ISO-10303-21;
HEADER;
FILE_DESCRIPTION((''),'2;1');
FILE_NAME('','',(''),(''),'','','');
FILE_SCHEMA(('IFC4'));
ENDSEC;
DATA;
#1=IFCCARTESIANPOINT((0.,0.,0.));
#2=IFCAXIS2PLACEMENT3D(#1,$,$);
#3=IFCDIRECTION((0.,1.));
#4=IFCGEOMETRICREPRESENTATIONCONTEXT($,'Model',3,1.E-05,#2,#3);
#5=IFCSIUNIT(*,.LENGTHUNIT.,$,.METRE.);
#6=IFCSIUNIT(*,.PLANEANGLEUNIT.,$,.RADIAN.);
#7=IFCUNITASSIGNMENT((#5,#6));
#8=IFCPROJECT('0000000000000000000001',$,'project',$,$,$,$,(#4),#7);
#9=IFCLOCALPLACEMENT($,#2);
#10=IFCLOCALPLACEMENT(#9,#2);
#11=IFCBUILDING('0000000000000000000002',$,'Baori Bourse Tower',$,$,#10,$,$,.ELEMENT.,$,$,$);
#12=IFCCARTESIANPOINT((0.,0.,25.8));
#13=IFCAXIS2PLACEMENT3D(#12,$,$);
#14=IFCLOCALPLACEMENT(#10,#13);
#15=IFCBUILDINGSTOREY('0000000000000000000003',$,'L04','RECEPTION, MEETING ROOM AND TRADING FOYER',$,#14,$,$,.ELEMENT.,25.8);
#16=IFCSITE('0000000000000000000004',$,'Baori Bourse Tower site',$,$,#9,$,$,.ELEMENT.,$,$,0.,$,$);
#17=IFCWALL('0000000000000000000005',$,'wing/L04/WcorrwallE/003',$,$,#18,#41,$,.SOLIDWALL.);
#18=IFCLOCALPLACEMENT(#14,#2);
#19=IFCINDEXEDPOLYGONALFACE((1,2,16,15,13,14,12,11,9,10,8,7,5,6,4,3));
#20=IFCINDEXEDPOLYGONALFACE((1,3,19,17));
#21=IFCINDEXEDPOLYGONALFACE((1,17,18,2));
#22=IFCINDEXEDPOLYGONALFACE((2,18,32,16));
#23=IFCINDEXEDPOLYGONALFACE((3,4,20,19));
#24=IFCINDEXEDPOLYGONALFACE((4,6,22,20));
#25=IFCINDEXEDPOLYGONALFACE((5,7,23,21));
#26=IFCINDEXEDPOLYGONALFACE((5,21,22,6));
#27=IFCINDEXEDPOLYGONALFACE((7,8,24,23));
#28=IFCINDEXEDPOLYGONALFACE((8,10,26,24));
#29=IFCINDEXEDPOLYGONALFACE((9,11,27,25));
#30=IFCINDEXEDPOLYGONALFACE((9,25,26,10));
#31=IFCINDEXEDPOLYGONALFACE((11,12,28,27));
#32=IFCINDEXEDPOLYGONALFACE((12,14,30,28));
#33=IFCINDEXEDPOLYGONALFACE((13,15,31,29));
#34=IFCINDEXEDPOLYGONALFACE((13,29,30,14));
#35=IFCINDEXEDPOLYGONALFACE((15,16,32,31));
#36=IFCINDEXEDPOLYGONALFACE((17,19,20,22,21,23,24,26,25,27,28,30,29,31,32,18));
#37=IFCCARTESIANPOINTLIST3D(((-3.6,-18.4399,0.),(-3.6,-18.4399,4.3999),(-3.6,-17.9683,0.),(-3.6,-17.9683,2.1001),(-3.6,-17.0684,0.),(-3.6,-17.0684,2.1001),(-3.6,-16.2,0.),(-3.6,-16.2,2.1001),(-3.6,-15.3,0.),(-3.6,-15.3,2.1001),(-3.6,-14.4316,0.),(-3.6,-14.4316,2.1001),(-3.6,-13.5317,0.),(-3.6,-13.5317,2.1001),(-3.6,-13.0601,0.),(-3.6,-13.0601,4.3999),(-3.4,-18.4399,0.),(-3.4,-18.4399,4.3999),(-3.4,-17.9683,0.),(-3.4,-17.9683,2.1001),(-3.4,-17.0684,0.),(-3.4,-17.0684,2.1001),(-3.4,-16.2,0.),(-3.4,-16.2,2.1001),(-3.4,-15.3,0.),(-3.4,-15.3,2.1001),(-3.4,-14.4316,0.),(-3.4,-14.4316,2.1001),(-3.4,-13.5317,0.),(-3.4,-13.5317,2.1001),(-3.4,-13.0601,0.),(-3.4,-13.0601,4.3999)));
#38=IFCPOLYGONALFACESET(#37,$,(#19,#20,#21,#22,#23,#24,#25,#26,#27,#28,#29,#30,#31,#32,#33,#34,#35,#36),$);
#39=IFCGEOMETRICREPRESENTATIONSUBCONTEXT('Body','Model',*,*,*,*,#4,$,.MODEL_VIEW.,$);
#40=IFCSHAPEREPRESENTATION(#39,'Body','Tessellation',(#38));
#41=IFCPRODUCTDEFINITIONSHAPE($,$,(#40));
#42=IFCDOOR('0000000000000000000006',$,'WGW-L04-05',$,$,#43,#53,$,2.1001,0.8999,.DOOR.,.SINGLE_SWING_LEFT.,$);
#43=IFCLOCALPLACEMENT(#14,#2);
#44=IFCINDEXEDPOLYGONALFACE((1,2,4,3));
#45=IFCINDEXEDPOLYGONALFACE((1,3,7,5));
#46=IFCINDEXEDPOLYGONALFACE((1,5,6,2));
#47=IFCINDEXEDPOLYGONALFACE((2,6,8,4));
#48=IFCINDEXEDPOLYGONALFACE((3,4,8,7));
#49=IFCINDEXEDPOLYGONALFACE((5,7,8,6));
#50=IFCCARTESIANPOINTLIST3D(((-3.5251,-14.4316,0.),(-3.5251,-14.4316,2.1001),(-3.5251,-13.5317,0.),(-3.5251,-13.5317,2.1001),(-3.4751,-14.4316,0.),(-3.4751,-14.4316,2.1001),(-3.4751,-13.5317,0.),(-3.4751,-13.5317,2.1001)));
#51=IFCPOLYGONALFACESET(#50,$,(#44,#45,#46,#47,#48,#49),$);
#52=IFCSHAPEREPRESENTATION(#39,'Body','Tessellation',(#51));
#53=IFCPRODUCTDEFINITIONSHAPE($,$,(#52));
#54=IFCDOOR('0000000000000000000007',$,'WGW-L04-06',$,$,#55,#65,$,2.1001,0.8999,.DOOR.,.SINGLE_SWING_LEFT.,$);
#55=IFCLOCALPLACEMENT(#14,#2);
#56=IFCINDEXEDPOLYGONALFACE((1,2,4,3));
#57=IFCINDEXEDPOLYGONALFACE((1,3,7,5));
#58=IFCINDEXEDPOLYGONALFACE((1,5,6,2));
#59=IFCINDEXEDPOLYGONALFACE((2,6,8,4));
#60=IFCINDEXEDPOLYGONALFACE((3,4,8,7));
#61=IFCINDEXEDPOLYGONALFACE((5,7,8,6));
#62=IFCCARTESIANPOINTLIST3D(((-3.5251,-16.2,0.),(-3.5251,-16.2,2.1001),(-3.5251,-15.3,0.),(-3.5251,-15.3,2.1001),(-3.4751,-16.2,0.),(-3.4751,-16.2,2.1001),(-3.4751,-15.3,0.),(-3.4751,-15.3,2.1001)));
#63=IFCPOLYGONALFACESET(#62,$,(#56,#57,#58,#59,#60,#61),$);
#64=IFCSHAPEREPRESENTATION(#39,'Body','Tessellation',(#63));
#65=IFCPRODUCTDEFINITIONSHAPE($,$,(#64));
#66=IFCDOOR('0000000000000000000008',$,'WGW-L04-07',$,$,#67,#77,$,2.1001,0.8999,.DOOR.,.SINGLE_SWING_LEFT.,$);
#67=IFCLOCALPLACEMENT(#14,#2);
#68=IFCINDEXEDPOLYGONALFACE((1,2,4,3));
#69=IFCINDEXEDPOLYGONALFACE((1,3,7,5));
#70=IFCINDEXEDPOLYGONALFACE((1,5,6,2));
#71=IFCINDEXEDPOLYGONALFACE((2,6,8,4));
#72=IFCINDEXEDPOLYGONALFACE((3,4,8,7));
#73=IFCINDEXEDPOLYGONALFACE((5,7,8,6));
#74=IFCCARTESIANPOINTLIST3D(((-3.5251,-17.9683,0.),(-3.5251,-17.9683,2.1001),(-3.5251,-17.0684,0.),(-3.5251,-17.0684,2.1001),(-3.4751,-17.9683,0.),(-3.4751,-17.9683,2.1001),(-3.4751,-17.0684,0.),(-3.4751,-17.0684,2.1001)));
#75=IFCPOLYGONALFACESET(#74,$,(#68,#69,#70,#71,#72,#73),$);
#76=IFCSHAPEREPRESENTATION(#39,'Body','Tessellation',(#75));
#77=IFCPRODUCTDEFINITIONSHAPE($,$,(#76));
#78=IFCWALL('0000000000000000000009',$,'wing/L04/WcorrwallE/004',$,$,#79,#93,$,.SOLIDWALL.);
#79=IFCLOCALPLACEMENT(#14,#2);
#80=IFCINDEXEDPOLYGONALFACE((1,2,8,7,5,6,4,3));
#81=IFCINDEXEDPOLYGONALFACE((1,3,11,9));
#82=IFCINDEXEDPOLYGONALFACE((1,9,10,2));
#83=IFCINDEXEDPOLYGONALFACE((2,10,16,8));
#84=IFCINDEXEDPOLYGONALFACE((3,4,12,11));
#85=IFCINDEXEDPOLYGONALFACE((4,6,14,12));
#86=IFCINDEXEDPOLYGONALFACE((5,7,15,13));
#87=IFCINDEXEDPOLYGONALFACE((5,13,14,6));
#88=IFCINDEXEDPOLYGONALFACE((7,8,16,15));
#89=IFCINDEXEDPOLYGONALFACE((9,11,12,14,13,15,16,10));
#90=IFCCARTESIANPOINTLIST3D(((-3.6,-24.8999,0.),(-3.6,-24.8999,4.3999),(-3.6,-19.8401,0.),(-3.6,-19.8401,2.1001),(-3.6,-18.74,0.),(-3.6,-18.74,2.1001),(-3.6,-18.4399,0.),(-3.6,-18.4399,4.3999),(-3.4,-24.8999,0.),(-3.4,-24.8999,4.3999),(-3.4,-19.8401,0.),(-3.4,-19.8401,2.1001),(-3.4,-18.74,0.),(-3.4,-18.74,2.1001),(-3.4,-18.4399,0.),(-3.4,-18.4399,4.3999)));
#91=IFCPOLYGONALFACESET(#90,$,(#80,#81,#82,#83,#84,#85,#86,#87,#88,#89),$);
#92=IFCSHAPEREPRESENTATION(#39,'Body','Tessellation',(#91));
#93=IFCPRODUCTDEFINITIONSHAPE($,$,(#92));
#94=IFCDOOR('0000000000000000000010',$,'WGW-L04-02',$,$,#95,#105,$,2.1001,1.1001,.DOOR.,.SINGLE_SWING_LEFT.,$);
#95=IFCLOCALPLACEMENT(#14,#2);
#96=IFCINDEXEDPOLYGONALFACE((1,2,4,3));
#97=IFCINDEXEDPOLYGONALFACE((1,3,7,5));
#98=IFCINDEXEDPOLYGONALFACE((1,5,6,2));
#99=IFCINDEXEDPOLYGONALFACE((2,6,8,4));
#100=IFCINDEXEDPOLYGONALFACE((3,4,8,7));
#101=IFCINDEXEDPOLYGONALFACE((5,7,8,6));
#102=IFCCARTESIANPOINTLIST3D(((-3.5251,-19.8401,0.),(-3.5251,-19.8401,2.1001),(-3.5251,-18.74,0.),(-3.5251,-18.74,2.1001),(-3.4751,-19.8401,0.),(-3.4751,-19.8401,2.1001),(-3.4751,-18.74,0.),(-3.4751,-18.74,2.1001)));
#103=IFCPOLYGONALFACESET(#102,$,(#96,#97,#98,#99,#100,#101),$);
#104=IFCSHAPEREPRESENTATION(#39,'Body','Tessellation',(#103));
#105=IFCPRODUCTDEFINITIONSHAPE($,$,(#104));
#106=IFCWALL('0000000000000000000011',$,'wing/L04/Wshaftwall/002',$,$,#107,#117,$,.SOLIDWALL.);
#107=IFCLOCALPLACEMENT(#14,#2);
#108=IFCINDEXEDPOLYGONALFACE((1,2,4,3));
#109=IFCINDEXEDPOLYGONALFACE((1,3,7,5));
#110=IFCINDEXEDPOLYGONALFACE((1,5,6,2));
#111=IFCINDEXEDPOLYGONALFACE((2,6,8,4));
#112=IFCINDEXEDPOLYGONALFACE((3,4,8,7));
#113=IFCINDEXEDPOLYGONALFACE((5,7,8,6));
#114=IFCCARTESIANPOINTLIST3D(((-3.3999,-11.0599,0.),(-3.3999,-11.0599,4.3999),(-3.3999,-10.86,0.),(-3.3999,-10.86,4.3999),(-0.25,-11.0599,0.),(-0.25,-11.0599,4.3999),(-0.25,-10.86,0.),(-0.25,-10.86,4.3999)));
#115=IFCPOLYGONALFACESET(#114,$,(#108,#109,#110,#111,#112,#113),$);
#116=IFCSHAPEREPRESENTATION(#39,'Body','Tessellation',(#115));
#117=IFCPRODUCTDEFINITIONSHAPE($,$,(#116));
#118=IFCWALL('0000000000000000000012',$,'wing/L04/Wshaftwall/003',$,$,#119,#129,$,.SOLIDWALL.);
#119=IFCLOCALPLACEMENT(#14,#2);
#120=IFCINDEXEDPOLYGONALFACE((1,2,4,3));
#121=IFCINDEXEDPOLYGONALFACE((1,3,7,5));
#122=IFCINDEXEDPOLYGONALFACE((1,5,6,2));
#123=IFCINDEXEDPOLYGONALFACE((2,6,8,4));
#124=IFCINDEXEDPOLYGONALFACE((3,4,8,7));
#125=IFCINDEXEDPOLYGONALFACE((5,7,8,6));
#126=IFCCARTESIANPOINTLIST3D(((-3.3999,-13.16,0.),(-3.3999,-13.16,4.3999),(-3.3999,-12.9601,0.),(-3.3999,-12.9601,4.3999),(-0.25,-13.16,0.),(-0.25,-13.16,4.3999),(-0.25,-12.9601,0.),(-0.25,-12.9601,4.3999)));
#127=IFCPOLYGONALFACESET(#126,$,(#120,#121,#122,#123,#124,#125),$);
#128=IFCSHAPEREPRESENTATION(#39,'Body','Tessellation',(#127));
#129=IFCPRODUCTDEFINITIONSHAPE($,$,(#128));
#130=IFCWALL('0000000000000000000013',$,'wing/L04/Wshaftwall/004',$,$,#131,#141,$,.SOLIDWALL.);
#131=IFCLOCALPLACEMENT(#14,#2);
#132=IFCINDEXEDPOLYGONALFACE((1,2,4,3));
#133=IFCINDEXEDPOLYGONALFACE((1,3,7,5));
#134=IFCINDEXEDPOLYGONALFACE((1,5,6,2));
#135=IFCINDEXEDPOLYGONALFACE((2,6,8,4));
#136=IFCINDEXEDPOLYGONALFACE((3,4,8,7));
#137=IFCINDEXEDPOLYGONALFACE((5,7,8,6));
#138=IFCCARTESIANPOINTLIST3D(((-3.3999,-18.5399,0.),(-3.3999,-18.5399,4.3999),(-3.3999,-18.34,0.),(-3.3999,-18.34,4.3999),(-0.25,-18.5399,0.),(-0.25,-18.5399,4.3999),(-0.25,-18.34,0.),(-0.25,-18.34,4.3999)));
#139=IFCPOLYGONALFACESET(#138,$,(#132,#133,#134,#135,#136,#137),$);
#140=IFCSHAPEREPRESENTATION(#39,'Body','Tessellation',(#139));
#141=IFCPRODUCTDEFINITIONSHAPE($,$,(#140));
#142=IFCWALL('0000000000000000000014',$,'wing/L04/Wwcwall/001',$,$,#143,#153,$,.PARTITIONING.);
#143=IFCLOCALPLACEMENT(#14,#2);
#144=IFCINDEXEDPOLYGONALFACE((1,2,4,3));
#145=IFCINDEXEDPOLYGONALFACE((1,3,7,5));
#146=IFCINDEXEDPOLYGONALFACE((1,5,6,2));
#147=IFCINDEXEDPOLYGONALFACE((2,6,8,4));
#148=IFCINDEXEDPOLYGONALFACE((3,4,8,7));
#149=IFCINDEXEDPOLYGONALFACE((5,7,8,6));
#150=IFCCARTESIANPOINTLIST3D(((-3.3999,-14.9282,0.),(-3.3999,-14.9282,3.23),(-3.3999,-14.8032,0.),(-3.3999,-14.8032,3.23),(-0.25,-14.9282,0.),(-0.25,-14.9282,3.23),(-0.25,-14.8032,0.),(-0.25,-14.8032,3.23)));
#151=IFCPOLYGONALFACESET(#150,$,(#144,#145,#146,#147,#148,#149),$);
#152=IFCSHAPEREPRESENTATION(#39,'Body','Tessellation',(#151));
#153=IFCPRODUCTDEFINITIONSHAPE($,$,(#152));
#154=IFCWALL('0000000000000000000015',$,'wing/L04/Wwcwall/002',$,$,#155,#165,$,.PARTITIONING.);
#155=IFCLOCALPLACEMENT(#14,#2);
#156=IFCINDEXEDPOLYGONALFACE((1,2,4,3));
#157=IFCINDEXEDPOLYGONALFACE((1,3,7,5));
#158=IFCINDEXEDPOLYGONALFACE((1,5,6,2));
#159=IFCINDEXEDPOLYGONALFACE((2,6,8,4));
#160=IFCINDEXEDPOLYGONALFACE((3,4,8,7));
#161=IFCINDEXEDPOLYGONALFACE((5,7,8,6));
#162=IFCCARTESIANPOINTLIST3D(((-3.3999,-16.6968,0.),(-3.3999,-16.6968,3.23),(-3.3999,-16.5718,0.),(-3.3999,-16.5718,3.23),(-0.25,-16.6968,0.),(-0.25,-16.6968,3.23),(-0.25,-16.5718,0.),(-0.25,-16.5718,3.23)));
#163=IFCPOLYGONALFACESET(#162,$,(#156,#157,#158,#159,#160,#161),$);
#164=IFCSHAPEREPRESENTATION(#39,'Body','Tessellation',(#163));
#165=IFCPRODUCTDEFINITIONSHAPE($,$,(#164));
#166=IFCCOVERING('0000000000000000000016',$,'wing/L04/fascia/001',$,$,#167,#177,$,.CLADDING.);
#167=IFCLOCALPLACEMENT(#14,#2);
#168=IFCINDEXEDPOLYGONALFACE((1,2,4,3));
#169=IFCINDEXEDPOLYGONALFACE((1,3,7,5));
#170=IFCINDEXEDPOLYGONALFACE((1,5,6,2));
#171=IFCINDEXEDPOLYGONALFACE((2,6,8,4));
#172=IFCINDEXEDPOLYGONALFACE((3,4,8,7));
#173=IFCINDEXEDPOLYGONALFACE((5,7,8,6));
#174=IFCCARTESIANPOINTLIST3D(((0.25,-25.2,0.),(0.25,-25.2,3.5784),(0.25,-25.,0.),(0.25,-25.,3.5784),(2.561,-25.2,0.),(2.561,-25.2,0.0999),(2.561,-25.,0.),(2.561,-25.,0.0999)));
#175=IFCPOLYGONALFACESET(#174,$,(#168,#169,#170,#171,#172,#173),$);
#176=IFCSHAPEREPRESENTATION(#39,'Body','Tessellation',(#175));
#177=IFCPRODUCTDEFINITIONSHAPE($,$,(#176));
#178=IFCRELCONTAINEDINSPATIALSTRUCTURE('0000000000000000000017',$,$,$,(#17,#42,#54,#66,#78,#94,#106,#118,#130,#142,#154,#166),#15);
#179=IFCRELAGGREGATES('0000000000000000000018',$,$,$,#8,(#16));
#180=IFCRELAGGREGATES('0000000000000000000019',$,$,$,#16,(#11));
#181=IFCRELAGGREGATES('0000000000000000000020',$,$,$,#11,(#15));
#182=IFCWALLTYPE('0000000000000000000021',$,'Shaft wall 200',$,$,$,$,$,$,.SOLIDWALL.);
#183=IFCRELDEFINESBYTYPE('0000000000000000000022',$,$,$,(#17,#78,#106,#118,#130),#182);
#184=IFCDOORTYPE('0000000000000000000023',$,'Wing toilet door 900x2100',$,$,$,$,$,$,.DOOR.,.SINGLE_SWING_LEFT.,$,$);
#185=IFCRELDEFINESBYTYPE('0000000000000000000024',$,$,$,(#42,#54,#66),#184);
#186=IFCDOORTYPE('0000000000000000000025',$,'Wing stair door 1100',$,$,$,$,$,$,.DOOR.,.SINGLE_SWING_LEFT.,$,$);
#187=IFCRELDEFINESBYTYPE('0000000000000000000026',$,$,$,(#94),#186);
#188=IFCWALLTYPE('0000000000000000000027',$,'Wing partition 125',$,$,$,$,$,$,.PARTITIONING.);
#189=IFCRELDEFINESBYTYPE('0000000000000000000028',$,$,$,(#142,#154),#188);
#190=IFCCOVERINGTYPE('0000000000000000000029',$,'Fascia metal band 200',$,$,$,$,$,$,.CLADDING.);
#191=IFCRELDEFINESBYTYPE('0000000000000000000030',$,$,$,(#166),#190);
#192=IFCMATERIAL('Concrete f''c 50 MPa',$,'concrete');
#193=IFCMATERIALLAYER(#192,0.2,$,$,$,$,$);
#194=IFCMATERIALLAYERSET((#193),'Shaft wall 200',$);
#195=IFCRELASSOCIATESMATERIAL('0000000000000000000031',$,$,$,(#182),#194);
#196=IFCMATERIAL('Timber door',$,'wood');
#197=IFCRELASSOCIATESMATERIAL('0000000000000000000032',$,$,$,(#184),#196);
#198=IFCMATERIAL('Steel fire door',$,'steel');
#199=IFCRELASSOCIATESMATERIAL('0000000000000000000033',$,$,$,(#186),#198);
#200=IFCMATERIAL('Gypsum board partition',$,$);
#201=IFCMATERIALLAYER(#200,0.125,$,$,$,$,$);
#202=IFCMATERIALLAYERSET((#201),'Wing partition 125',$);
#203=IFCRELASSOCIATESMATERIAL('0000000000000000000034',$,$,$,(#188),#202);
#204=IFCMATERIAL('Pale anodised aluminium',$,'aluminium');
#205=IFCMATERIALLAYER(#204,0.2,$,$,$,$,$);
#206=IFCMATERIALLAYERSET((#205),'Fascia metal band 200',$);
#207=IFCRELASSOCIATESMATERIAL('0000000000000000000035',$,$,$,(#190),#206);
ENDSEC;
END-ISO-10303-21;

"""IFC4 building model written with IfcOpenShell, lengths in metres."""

from ifc_helpers import new_model, si_unit, direction, frame, frame_2d, origin, place, context, subcontext, project, spatial, polyline, rectangle, outline, extrude, material, layer, layer_set, type_object, element, fill, save


model = new_model("IFC4")

# Units and contexts
model_context = context("Model", 3, precision=1e-05, world=origin(), true_north=direction((0.0, 1.0)))
body_context = subcontext(model_context, "Body", "Model", "MODEL_VIEW")
ifc_project = project(units=[si_unit("LENGTHUNIT", "METRE"), si_unit("PLANEANGLEUNIT", "RADIAN")], contexts=[model_context])

# Site, building, storey
site_placement = place(None, origin())
site = spatial("IfcSite", under=ifc_project, at=site_placement, Name="Baori Bourse Tower site", CompositionType="ELEMENT", RefElevation=0.0)
building_placement = place(site_placement, origin())
building = spatial("IfcBuilding", under=site, at=building_placement, Name="Baori Bourse Tower", CompositionType="ELEMENT")
storey_placement = place(building_placement, frame((0.0, 0.0, 25.8)))
storey = spatial("IfcBuildingStorey", under=building, at=storey_placement, Name="L04", Description="RECEPTION, MEETING ROOM AND TRADING FOYER", CompositionType="ELEMENT", Elevation=25.8)

# Wall, openings, doors
ifc_material_1 = material(Name="Concrete f'c 50 MPa", Category="concrete")
ifc_layer_1 = layer(ifc_material_1, 0.2)
ifc_layer_set_1 = layer_set([ifc_layer_1], Name="Shaft wall 200")
wall_type_1 = type_object("IfcWallType", Name="Shaft wall 200", PredefinedType="SOLIDWALL", material=ifc_layer_set_1)
wall_1_placement = place(storey_placement, frame((-3.5, -13.0601, 0.0), z_axis=(0.0, 0.0, 1.0), x_axis=(0.0, -1.0, 0.0)))
wall_1 = element("IfcWall", 1, at=wall_1_placement, inside=storey, type_object=wall_type_1, Name="wing/L04/WcorrwallE/003", PredefinedType="SOLIDWALL", context=body_context, shape_type="SweptSolid", body=[
    extrude(rectangle(XDim=5.3799, YDim=0.2, at=frame_2d((2.6899, 0.0))), origin(), (0.0, 0.0, 1.0), 4.3999),
])
opening_1_placement = place(wall_1_placement, frame((0.4717, 0.0, 0.0)))
opening_1 = element("IfcOpeningElement", 2, at=opening_1_placement, cuts=wall_1, PredefinedType="OPENING", context=body_context, shape_type="SweptSolid", body=[
    extrude(rectangle(XDim=0.8999, YDim=2.1001, at=frame_2d((0.45, 1.05))), frame((0.0, 0.1099, 0.0), z_axis=(0.0, -1.0, 0.0), x_axis=(1.0, 0.0, 0.0)), (0.0, 0.0, 1.0), 0.22),
])
opening_2_placement = place(wall_1_placement, frame((2.24, 0.0, 0.0)))
opening_2 = element("IfcOpeningElement", 3, at=opening_2_placement, cuts=wall_1, PredefinedType="OPENING", context=body_context, shape_type="SweptSolid", body=[
    extrude(rectangle(XDim=0.8999, YDim=2.1001, at=frame_2d((0.45, 1.05))), frame((0.0, 0.1099, 0.0), z_axis=(0.0, -1.0, 0.0), x_axis=(1.0, 0.0, 0.0)), (0.0, 0.0, 1.0), 0.22),
])
opening_3_placement = place(wall_1_placement, frame((4.0083, 0.0, 0.0)))
opening_3 = element("IfcOpeningElement", 4, at=opening_3_placement, cuts=wall_1, PredefinedType="OPENING", context=body_context, shape_type="SweptSolid", body=[
    extrude(rectangle(XDim=0.8999, YDim=2.1001, at=frame_2d((0.45, 1.05))), frame((0.0, 0.1099, 0.0), z_axis=(0.0, -1.0, 0.0), x_axis=(1.0, 0.0, 0.0)), (0.0, 0.0, 1.0), 0.22),
])
ifc_material_2 = material(Name="Timber door", Category="wood")
door_type_1 = type_object("IfcDoorType", Name="Wing toilet door 900x2100", OperationType="SINGLE_SWING_LEFT", PredefinedType="DOOR", material=ifc_material_2)
door_1_placement = place(opening_1_placement, origin())
door_1 = element("IfcDoor", 5, at=door_1_placement, inside=storey, type_object=door_type_1, Name="WGW-L04-05", OperationType="SINGLE_SWING_LEFT", OverallHeight=2.1001, OverallWidth=0.8999, PredefinedType="DOOR", context=body_context, shape_type="SweptSolid", body=[
    extrude(rectangle(XDim=0.8999, YDim=2.1001, at=frame_2d((0.45, 1.05))), frame((0.0, 0.0249, 0.0), z_axis=(0.0, -1.0, 0.0), x_axis=(1.0, 0.0, 0.0)), (0.0, 0.0, 1.0), 0.05),
])
fill(opening_1, door_1)
door_2_placement = place(opening_2_placement, origin())
door_2 = element("IfcDoor", 6, at=door_2_placement, inside=storey, type_object=door_type_1, Name="WGW-L04-06", OperationType="SINGLE_SWING_LEFT", OverallHeight=2.1001, OverallWidth=0.8999, PredefinedType="DOOR", context=body_context, shape_type="SweptSolid", body=[
    extrude(rectangle(XDim=0.8999, YDim=2.1001, at=frame_2d((0.45, 1.05))), frame((0.0, 0.0249, 0.0), z_axis=(0.0, -1.0, 0.0), x_axis=(1.0, 0.0, 0.0)), (0.0, 0.0, 1.0), 0.05),
])
fill(opening_2, door_2)
door_3_placement = place(opening_3_placement, origin())
door_3 = element("IfcDoor", 7, at=door_3_placement, inside=storey, type_object=door_type_1, Name="WGW-L04-07", OperationType="SINGLE_SWING_LEFT", OverallHeight=2.1001, OverallWidth=0.8999, PredefinedType="DOOR", context=body_context, shape_type="SweptSolid", body=[
    extrude(rectangle(XDim=0.8999, YDim=2.1001, at=frame_2d((0.45, 1.05))), frame((0.0, 0.0249, 0.0), z_axis=(0.0, -1.0, 0.0), x_axis=(1.0, 0.0, 0.0)), (0.0, 0.0, 1.0), 0.05),
])
fill(opening_3, door_3)

# Wall, opening, door
wall_2_placement = place(storey_placement, frame((-3.5, -18.4399, 0.0), z_axis=(0.0, 0.0, 1.0), x_axis=(0.0, -1.0, 0.0)))
wall_2 = element("IfcWall", 8, at=wall_2_placement, inside=storey, type_object=wall_type_1, Name="wing/L04/WcorrwallE/004", PredefinedType="SOLIDWALL", context=body_context, shape_type="SweptSolid", body=[
    extrude(rectangle(XDim=6.46, YDim=0.2, at=frame_2d((3.23, 0.0))), origin(), (0.0, 0.0, 1.0), 4.3999),
])
opening_4_placement = place(wall_2_placement, frame((0.3, 0.0, 0.0)))
opening_4 = element("IfcOpeningElement", 9, at=opening_4_placement, cuts=wall_2, PredefinedType="OPENING", context=body_context, shape_type="SweptSolid", body=[
    extrude(rectangle(XDim=1.1001, YDim=2.1001, at=frame_2d((0.55, 1.05))), frame((0.0, 0.1099, 0.0), z_axis=(0.0, -1.0, 0.0), x_axis=(1.0, 0.0, 0.0)), (0.0, 0.0, 1.0), 0.22),
])
ifc_material_3 = material(Name="Steel fire door", Category="steel")
door_type_2 = type_object("IfcDoorType", Name="Wing stair door 1100", OperationType="SINGLE_SWING_LEFT", PredefinedType="DOOR", material=ifc_material_3)
door_4_placement = place(opening_4_placement, origin())
door_4 = element("IfcDoor", 10, at=door_4_placement, inside=storey, type_object=door_type_2, Name="WGW-L04-02", OperationType="SINGLE_SWING_LEFT", OverallHeight=2.1001, OverallWidth=1.1001, PredefinedType="DOOR", context=body_context, shape_type="SweptSolid", body=[
    extrude(rectangle(XDim=1.1001, YDim=2.1001, at=frame_2d((0.55, 1.05))), frame((0.0, 0.0249, 0.0), z_axis=(0.0, -1.0, 0.0), x_axis=(1.0, 0.0, 0.0)), (0.0, 0.0, 1.0), 0.05),
])
fill(opening_4, door_4)

# Walls
for number, where, z_axis, x_axis, name in (
    (11, (-3.3999, -10.96, 0.0), (0.0, 0.0, 1.0), (1.0, 0.0, 0.0), "wing/L04/Wshaftwall/002"),
    (12, (-3.3999, -13.0601, 0.0), (0.0, 0.0, 1.0), (1.0, 0.0, 0.0), "wing/L04/Wshaftwall/003"),
    (13, (-3.3999, -18.4399, 0.0), (0.0, 0.0, 1.0), (1.0, 0.0, 0.0), "wing/L04/Wshaftwall/004"),
):
    element("IfcWall", number, at=place(storey_placement, frame(where, z_axis=z_axis, x_axis=x_axis)), inside=storey, type_object=wall_type_1, Name=name, PredefinedType="SOLIDWALL", context=body_context, shape_type="SweptSolid", body=[
        extrude(rectangle(XDim=3.1499, YDim=0.2, at=frame_2d((1.575, 0.0))), origin(), (0.0, 0.0, 1.0), 4.3999),
    ])
ifc_material_4 = material(Name="Gypsum board partition")
ifc_layer_2 = layer(ifc_material_4, 0.125)
ifc_layer_set_2 = layer_set([ifc_layer_2], Name="Wing partition 125")
wall_type_2 = type_object("IfcWallType", Name="Wing partition 125", PredefinedType="PARTITIONING", material=ifc_layer_set_2)
for number, where, z_axis, x_axis, name in (
    (14, (-3.3999, -14.8657, 0.0), (0.0, 0.0, 1.0), (1.0, 0.0, 0.0), "wing/L04/Wwcwall/001"),
    (15, (-3.3999, -16.6343, 0.0), (0.0, 0.0, 1.0), (1.0, 0.0, 0.0), "wing/L04/Wwcwall/002"),
):
    element("IfcWall", number, at=place(storey_placement, frame(where, z_axis=z_axis, x_axis=x_axis)), inside=storey, type_object=wall_type_2, Name=name, PredefinedType="PARTITIONING", context=body_context, shape_type="SweptSolid", body=[
        extrude(rectangle(XDim=3.1499, YDim=0.125, at=frame_2d((1.575, 0.0))), origin(), (0.0, 0.0, 1.0), 3.23),
    ])

# Covering
ifc_material_5 = material(Name="Pale anodised aluminium", Category="aluminium")
ifc_layer_3 = layer(ifc_material_5, 0.2)
ifc_layer_set_3 = layer_set([ifc_layer_3], Name="Fascia metal band 200")
covering_type = type_object("IfcCoveringType", Name="Fascia metal band 200", PredefinedType="CLADDING", material=ifc_layer_set_3)
covering_placement = place(storey_placement, frame((0.25, -25.1001, 0.0), z_axis=(0.0, 0.0, 1.0), x_axis=(1.0, 0.0, 0.0)))
element("IfcCovering", 16, at=covering_placement, inside=storey, type_object=covering_type, Name="wing/L04/fascia/001", PredefinedType="CLADDING", context=body_context, shape_type="SweptSolid", body=[
    extrude(outline(polyline([(0.0, 0.0), (2.311, 0.0), (2.311, 0.0999), (0.0, 3.5784), (0.0, 0.0)])), frame((0.0, 0.1001, 0.0), z_axis=(0.0, -1.0, 0.0), x_axis=(1.0, 0.0, 0.0)), (0.0, 0.0, 1.0), 0.2),
])

save(model, "model.ifc")
